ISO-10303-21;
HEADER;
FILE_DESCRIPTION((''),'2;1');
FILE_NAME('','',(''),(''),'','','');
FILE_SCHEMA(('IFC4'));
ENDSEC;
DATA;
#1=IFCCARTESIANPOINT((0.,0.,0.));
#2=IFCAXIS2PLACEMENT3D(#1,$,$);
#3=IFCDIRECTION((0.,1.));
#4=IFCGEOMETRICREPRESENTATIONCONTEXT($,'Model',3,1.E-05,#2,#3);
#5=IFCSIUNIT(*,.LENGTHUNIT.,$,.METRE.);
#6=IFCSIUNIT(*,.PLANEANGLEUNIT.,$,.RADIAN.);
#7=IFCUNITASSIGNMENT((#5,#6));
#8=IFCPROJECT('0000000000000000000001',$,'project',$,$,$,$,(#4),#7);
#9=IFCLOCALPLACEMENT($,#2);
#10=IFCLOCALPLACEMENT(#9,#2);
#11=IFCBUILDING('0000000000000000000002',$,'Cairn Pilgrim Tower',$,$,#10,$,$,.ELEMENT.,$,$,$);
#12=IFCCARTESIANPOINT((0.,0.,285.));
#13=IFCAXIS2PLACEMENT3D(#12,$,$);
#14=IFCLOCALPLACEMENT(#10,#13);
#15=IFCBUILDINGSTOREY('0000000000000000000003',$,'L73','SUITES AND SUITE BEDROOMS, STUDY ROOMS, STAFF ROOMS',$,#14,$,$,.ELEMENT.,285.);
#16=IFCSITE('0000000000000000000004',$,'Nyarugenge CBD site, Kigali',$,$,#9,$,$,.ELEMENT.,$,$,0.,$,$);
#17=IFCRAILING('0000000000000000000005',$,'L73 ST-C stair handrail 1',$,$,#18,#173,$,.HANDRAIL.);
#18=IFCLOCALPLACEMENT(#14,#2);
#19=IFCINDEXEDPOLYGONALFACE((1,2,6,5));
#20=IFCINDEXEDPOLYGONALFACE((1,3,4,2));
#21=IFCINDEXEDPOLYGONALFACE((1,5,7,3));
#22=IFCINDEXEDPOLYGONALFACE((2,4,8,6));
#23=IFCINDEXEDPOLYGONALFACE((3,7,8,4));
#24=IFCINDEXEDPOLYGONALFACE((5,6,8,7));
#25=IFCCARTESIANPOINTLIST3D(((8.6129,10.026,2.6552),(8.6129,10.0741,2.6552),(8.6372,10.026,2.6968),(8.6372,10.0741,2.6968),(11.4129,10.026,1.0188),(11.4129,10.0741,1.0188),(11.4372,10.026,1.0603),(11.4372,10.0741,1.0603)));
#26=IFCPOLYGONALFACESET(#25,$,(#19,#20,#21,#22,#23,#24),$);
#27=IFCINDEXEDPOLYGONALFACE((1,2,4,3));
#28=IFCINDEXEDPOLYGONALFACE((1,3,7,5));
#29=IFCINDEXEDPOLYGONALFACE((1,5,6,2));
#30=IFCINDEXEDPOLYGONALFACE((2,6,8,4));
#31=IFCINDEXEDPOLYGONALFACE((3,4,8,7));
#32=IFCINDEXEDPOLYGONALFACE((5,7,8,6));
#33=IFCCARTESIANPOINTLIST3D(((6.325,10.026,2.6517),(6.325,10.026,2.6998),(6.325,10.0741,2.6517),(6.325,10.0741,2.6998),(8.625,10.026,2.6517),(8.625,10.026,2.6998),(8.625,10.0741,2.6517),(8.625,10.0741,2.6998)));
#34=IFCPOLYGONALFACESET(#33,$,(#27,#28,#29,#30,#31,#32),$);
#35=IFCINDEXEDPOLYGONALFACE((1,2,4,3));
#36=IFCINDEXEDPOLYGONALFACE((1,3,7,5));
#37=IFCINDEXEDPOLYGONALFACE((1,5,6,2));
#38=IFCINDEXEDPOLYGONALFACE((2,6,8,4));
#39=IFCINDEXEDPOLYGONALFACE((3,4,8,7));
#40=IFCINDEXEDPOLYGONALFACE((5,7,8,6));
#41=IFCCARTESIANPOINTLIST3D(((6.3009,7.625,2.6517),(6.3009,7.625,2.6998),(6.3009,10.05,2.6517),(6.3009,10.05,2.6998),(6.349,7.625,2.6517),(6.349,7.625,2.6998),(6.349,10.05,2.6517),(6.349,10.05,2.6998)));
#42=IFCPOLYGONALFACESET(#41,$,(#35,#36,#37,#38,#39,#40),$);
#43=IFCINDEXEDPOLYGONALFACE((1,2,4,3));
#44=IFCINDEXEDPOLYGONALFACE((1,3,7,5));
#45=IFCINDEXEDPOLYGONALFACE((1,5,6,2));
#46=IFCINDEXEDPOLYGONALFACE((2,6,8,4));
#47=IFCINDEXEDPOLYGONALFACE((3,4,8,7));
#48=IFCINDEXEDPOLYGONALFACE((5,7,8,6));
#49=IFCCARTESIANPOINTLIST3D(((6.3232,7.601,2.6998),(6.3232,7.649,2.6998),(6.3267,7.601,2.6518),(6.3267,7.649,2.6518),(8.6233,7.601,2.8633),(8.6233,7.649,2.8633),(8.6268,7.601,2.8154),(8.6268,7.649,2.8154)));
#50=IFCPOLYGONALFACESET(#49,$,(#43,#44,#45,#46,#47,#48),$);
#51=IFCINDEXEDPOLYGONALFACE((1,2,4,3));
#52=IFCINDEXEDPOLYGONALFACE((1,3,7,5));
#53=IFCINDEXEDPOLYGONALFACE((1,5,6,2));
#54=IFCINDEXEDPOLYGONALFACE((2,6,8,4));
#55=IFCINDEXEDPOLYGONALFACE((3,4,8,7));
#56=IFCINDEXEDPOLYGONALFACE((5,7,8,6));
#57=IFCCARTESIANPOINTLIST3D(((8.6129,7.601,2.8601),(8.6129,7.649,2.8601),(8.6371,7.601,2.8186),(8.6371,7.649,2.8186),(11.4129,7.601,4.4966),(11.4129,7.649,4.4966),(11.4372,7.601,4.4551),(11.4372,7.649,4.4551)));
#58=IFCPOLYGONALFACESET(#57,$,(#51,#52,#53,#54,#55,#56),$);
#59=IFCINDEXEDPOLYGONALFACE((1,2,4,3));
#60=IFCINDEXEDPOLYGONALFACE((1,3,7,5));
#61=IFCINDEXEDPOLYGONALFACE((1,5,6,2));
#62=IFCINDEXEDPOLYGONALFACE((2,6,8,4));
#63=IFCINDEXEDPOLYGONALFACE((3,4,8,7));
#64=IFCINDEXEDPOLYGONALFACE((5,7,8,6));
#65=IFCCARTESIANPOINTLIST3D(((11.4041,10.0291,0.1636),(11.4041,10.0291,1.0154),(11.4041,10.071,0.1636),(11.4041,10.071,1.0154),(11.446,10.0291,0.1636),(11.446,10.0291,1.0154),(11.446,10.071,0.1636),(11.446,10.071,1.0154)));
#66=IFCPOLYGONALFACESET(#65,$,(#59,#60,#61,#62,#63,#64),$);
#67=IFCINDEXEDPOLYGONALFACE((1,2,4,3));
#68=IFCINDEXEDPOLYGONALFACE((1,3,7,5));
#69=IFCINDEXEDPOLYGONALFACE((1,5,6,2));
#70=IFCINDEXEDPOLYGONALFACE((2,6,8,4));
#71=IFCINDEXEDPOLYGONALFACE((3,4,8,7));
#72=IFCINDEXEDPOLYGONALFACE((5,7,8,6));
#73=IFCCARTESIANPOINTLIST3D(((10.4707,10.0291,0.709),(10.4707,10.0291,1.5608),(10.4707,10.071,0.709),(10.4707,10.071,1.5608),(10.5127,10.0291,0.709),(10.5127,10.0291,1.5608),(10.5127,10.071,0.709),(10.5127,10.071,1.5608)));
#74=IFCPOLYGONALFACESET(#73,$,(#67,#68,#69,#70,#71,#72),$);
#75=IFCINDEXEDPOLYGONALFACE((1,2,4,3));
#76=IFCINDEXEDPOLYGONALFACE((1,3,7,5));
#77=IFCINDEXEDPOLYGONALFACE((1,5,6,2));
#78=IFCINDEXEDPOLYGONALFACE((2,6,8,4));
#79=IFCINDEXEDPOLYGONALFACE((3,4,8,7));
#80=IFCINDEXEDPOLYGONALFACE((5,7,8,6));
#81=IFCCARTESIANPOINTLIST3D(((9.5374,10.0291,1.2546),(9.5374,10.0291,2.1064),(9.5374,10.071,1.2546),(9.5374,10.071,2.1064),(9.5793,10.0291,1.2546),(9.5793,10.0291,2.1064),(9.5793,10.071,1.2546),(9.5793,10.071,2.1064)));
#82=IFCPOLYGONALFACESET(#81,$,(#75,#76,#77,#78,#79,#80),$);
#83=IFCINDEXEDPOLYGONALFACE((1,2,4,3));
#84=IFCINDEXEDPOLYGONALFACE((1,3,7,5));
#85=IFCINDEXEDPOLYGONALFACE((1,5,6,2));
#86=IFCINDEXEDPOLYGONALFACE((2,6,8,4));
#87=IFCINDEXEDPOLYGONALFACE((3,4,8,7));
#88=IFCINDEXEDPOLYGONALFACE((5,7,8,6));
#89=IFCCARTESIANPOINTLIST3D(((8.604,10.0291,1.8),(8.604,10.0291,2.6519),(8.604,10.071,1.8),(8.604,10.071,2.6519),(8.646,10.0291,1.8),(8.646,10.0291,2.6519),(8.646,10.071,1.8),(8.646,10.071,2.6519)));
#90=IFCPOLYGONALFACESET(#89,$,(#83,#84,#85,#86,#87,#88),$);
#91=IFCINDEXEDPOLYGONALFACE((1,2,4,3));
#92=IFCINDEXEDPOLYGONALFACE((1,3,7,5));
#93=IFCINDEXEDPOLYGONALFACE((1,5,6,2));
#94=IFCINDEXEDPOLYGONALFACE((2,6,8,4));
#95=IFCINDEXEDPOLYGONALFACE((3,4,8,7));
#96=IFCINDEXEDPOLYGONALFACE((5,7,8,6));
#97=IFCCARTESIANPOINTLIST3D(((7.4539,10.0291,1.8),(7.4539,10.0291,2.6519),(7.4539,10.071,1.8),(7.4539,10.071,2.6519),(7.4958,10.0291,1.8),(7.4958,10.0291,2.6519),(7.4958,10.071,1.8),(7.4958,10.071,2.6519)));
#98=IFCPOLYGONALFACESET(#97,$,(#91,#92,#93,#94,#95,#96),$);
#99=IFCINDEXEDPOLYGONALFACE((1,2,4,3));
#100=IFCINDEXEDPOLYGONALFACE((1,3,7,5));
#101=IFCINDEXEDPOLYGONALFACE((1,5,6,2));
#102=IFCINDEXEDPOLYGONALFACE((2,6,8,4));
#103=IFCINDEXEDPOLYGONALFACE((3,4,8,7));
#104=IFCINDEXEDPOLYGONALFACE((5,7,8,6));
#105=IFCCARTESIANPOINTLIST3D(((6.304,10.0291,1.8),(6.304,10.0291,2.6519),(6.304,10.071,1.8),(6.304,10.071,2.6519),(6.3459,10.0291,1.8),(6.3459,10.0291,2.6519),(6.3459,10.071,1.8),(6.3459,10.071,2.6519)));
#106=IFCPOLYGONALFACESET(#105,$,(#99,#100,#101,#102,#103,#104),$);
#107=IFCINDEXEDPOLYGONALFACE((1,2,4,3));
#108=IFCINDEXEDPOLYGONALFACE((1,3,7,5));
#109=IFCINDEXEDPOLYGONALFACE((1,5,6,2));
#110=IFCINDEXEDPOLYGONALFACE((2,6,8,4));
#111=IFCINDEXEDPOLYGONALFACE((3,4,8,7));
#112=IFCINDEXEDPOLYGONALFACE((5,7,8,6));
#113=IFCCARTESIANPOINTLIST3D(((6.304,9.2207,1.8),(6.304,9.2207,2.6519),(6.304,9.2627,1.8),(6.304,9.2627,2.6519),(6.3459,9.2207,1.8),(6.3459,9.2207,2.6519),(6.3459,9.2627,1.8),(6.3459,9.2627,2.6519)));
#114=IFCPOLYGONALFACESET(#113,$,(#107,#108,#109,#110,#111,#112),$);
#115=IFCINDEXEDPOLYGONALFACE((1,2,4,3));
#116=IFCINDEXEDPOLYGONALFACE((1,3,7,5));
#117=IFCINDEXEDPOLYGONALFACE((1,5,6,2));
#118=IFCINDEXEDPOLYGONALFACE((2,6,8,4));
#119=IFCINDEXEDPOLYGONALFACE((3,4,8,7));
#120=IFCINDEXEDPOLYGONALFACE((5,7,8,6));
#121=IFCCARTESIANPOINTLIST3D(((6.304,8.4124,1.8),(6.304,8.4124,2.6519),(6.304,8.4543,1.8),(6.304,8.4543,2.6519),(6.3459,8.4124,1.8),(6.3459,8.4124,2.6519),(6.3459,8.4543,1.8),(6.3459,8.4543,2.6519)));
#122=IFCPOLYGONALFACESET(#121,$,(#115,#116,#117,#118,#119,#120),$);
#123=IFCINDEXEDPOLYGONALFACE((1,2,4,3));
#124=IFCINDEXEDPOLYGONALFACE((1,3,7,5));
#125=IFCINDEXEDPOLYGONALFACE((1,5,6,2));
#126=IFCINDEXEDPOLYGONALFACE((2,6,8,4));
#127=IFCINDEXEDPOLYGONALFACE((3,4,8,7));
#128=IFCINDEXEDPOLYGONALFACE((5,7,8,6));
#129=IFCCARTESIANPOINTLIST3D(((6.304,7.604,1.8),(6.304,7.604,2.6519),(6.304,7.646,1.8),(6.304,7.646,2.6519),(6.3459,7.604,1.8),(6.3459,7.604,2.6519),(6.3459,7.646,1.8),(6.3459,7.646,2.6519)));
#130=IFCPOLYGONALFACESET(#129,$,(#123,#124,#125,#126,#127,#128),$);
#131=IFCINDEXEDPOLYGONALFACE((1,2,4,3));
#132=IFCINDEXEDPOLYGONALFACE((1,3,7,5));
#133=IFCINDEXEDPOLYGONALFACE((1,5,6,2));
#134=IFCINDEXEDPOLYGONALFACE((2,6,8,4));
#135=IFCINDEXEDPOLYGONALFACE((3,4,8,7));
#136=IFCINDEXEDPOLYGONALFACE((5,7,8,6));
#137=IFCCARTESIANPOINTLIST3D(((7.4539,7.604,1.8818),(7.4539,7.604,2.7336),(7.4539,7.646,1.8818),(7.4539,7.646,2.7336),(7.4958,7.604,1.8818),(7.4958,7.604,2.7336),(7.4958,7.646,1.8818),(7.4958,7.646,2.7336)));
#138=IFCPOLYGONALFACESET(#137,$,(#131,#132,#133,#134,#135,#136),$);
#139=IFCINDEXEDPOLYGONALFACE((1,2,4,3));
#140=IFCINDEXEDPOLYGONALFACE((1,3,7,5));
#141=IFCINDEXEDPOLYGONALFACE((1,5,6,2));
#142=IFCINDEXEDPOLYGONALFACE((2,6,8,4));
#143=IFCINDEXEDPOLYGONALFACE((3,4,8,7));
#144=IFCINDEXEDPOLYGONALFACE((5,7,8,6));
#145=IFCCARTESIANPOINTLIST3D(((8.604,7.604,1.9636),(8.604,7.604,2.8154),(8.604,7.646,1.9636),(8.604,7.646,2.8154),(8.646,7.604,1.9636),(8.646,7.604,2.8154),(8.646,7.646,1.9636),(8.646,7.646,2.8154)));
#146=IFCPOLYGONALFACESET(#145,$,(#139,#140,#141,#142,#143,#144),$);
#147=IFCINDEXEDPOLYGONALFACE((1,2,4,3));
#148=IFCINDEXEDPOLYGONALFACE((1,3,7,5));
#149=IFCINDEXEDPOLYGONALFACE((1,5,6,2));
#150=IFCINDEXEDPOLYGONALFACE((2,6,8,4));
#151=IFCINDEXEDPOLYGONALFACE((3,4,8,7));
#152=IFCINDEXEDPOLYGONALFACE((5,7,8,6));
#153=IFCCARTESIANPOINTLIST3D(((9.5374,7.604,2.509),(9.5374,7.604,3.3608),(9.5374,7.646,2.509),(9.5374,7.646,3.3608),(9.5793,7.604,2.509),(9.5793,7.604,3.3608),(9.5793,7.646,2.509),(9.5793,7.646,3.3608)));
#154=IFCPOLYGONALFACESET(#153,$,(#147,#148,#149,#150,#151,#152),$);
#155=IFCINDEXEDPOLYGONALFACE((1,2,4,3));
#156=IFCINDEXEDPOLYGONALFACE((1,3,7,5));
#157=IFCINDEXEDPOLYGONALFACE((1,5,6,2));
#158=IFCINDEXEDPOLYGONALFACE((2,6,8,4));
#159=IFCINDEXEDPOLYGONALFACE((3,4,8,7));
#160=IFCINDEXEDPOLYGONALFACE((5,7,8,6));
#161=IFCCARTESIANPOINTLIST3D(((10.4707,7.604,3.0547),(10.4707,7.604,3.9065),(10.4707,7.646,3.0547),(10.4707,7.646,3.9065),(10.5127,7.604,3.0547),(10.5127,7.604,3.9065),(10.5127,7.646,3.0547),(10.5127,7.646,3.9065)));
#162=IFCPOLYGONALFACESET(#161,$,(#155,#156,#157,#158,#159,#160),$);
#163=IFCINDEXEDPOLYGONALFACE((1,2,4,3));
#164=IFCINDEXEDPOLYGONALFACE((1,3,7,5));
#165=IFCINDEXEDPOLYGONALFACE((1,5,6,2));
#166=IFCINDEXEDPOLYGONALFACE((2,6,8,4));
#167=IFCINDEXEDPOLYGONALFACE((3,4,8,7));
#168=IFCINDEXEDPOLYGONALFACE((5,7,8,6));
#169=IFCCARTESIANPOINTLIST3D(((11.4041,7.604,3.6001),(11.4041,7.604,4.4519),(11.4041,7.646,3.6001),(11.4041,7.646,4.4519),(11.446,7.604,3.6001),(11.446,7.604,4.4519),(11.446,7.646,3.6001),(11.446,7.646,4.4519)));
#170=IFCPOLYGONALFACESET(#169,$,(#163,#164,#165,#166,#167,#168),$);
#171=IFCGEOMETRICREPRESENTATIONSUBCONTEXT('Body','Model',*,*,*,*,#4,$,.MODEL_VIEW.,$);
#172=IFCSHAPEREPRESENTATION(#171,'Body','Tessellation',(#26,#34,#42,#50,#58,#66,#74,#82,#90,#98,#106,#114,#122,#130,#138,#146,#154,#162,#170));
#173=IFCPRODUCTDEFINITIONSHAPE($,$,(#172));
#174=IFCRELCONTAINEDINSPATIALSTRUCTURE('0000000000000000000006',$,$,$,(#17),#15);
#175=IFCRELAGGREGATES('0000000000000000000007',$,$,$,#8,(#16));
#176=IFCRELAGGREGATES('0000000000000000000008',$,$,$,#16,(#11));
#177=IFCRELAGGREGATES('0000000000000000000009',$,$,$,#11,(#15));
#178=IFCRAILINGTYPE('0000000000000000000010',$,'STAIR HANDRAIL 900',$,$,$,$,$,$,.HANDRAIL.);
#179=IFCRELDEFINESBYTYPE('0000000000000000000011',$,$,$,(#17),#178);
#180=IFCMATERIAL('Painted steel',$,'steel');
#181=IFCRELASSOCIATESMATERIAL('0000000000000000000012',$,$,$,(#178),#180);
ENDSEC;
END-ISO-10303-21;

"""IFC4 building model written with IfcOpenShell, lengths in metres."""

from ifc_helpers import new_model, si_unit, direction, frame, origin, origin_2d, place, context, subcontext, project, spatial, rectangle, extrude, material, type_object, element, save


model = new_model("IFC4")

# Units and contexts
model_context = context("Model", 3, precision=1e-05, world=origin(), true_north=direction((0.0, 1.0)))
body_context = subcontext(model_context, "Body", "Model", "MODEL_VIEW")
ifc_project = project(units=[si_unit("LENGTHUNIT", "METRE"), si_unit("PLANEANGLEUNIT", "RADIAN")], contexts=[model_context])

# Site, building, storey
site_placement = place(None, origin())
site = spatial("IfcSite", under=ifc_project, at=site_placement, Name="Nyarugenge CBD site, Kigali", CompositionType="ELEMENT", RefElevation=0.0)
building_placement = place(site_placement, origin())
building = spatial("IfcBuilding", under=site, at=building_placement, Name="Cairn Pilgrim Tower", CompositionType="ELEMENT")
storey_placement = place(building_placement, frame((0.0, 0.0, 285.0)))
storey = spatial("IfcBuildingStorey", under=building, at=storey_placement, Name="L73", Description="SUITES AND SUITE BEDROOMS, STUDY ROOMS, STAFF ROOMS", CompositionType="ELEMENT", Elevation=285.0)

# Shared definitions
ifc_material_1 = material(Name="Painted steel", Category="steel")

# Railing
railing_type_1 = type_object("IfcRailingType", Name="STAIR HANDRAIL 900", PredefinedType="HANDRAIL", material=ifc_material_1)
railing_1_placement = place(storey_placement, frame((11.425, 10.05, 0.1636)))
element("IfcRailing", 1, at=railing_1_placement, inside=storey, type_object=railing_type_1, Name="L73 ST-C stair handrail 1", PredefinedType="HANDRAIL", context=body_context, shape_type="SweptSolid", body=[
    extrude(rectangle(XDim=0.0481, YDim=0.0481, at=origin_2d()), frame((0.0, 0.0, 0.876), z_axis=(-0.863361, 0.0, 0.504587), x_axis=(0.0, -1.0, 0.0)), (0.0, 0.0, 1.0), 3.2432),
    extrude(rectangle(XDim=0.0481, YDim=0.0481, at=origin_2d()), frame((-2.8, 0.0, 2.5122), z_axis=(-1.0, 0.0, 0.0), x_axis=(0.0, -1.0, 0.0)), (0.0, 0.0, 1.0), 2.3),
    extrude(rectangle(XDim=0.0481, YDim=0.0481, at=origin_2d()), frame((-5.1001, 0.0, 2.5122), z_axis=(0.0, -1.0, 0.0), x_axis=(1.0, 0.0, 0.0)), (0.0, 0.0, 1.0), 2.425),
    extrude(rectangle(XDim=0.0481, YDim=0.0481, at=origin_2d()), frame((-5.1001, -2.425, 2.5122), z_axis=(0.997481, 0.0, 0.070939), x_axis=(0.0, 1.0, 0.0)), (0.0, 0.0, 1.0), 2.3059),
    extrude(rectangle(XDim=0.0481, YDim=0.0481, at=origin_2d()), frame((-2.8, -2.425, 2.6758), z_axis=(0.863361, 0.0, 0.504587), x_axis=(0.0, 1.0, 0.0)), (0.0, 0.0, 1.0), 3.2432),
    extrude(rectangle(XDim=0.042, YDim=0.042, at=origin_2d()), origin(), (0.0, 0.0, 1.0), 0.8518),
    extrude(rectangle(XDim=0.042, YDim=0.042, at=origin_2d()), frame((-0.9333, 0.0, 0.5454)), (0.0, 0.0, 1.0), 0.8518),
    extrude(rectangle(XDim=0.042, YDim=0.042, at=origin_2d()), frame((-1.8667, 0.0, 1.0911)), (0.0, 0.0, 1.0), 0.8518),
    extrude(rectangle(XDim=0.042, YDim=0.042, at=origin_2d()), frame((-2.8, 0.0, 1.6365)), (0.0, 0.0, 1.0), 0.8518),
    extrude(rectangle(XDim=0.042, YDim=0.042, at=origin_2d()), frame((-3.9502, 0.0, 1.6365)), (0.0, 0.0, 1.0), 0.8518),
    extrude(rectangle(XDim=0.042, YDim=0.042, at=origin_2d()), frame((-5.1001, 0.0, 1.6365)), (0.0, 0.0, 1.0), 0.8518),
    extrude(rectangle(XDim=0.042, YDim=0.042, at=origin_2d()), frame((-5.1001, -0.8083, 1.6365)), (0.0, 0.0, 1.0), 0.8518),
    extrude(rectangle(XDim=0.042, YDim=0.042, at=origin_2d()), frame((-5.1001, -1.6167, 1.6365)), (0.0, 0.0, 1.0), 0.8518),
    extrude(rectangle(XDim=0.042, YDim=0.042, at=origin_2d()), frame((-5.1001, -2.425, 1.6365)), (0.0, 0.0, 1.0), 0.8518),
    extrude(rectangle(XDim=0.042, YDim=0.042, at=origin_2d()), frame((-3.9502, -2.425, 1.7183)), (0.0, 0.0, 1.0), 0.8518),
    extrude(rectangle(XDim=0.042, YDim=0.042, at=origin_2d()), frame((-2.8, -2.425, 1.8)), (0.0, 0.0, 1.0), 0.8518),
    extrude(rectangle(XDim=0.042, YDim=0.042, at=origin_2d()), frame((-1.8667, -2.425, 2.3455)), (0.0, 0.0, 1.0), 0.8518),
    extrude(rectangle(XDim=0.042, YDim=0.042, at=origin_2d()), frame((-0.9333, -2.425, 2.8911)), (0.0, 0.0, 1.0), 0.8518),
    extrude(rectangle(XDim=0.042, YDim=0.042, at=origin_2d()), frame((0.0, -2.425, 3.4365)), (0.0, 0.0, 1.0), 0.8518),
])

save(model, "model.ifc")
